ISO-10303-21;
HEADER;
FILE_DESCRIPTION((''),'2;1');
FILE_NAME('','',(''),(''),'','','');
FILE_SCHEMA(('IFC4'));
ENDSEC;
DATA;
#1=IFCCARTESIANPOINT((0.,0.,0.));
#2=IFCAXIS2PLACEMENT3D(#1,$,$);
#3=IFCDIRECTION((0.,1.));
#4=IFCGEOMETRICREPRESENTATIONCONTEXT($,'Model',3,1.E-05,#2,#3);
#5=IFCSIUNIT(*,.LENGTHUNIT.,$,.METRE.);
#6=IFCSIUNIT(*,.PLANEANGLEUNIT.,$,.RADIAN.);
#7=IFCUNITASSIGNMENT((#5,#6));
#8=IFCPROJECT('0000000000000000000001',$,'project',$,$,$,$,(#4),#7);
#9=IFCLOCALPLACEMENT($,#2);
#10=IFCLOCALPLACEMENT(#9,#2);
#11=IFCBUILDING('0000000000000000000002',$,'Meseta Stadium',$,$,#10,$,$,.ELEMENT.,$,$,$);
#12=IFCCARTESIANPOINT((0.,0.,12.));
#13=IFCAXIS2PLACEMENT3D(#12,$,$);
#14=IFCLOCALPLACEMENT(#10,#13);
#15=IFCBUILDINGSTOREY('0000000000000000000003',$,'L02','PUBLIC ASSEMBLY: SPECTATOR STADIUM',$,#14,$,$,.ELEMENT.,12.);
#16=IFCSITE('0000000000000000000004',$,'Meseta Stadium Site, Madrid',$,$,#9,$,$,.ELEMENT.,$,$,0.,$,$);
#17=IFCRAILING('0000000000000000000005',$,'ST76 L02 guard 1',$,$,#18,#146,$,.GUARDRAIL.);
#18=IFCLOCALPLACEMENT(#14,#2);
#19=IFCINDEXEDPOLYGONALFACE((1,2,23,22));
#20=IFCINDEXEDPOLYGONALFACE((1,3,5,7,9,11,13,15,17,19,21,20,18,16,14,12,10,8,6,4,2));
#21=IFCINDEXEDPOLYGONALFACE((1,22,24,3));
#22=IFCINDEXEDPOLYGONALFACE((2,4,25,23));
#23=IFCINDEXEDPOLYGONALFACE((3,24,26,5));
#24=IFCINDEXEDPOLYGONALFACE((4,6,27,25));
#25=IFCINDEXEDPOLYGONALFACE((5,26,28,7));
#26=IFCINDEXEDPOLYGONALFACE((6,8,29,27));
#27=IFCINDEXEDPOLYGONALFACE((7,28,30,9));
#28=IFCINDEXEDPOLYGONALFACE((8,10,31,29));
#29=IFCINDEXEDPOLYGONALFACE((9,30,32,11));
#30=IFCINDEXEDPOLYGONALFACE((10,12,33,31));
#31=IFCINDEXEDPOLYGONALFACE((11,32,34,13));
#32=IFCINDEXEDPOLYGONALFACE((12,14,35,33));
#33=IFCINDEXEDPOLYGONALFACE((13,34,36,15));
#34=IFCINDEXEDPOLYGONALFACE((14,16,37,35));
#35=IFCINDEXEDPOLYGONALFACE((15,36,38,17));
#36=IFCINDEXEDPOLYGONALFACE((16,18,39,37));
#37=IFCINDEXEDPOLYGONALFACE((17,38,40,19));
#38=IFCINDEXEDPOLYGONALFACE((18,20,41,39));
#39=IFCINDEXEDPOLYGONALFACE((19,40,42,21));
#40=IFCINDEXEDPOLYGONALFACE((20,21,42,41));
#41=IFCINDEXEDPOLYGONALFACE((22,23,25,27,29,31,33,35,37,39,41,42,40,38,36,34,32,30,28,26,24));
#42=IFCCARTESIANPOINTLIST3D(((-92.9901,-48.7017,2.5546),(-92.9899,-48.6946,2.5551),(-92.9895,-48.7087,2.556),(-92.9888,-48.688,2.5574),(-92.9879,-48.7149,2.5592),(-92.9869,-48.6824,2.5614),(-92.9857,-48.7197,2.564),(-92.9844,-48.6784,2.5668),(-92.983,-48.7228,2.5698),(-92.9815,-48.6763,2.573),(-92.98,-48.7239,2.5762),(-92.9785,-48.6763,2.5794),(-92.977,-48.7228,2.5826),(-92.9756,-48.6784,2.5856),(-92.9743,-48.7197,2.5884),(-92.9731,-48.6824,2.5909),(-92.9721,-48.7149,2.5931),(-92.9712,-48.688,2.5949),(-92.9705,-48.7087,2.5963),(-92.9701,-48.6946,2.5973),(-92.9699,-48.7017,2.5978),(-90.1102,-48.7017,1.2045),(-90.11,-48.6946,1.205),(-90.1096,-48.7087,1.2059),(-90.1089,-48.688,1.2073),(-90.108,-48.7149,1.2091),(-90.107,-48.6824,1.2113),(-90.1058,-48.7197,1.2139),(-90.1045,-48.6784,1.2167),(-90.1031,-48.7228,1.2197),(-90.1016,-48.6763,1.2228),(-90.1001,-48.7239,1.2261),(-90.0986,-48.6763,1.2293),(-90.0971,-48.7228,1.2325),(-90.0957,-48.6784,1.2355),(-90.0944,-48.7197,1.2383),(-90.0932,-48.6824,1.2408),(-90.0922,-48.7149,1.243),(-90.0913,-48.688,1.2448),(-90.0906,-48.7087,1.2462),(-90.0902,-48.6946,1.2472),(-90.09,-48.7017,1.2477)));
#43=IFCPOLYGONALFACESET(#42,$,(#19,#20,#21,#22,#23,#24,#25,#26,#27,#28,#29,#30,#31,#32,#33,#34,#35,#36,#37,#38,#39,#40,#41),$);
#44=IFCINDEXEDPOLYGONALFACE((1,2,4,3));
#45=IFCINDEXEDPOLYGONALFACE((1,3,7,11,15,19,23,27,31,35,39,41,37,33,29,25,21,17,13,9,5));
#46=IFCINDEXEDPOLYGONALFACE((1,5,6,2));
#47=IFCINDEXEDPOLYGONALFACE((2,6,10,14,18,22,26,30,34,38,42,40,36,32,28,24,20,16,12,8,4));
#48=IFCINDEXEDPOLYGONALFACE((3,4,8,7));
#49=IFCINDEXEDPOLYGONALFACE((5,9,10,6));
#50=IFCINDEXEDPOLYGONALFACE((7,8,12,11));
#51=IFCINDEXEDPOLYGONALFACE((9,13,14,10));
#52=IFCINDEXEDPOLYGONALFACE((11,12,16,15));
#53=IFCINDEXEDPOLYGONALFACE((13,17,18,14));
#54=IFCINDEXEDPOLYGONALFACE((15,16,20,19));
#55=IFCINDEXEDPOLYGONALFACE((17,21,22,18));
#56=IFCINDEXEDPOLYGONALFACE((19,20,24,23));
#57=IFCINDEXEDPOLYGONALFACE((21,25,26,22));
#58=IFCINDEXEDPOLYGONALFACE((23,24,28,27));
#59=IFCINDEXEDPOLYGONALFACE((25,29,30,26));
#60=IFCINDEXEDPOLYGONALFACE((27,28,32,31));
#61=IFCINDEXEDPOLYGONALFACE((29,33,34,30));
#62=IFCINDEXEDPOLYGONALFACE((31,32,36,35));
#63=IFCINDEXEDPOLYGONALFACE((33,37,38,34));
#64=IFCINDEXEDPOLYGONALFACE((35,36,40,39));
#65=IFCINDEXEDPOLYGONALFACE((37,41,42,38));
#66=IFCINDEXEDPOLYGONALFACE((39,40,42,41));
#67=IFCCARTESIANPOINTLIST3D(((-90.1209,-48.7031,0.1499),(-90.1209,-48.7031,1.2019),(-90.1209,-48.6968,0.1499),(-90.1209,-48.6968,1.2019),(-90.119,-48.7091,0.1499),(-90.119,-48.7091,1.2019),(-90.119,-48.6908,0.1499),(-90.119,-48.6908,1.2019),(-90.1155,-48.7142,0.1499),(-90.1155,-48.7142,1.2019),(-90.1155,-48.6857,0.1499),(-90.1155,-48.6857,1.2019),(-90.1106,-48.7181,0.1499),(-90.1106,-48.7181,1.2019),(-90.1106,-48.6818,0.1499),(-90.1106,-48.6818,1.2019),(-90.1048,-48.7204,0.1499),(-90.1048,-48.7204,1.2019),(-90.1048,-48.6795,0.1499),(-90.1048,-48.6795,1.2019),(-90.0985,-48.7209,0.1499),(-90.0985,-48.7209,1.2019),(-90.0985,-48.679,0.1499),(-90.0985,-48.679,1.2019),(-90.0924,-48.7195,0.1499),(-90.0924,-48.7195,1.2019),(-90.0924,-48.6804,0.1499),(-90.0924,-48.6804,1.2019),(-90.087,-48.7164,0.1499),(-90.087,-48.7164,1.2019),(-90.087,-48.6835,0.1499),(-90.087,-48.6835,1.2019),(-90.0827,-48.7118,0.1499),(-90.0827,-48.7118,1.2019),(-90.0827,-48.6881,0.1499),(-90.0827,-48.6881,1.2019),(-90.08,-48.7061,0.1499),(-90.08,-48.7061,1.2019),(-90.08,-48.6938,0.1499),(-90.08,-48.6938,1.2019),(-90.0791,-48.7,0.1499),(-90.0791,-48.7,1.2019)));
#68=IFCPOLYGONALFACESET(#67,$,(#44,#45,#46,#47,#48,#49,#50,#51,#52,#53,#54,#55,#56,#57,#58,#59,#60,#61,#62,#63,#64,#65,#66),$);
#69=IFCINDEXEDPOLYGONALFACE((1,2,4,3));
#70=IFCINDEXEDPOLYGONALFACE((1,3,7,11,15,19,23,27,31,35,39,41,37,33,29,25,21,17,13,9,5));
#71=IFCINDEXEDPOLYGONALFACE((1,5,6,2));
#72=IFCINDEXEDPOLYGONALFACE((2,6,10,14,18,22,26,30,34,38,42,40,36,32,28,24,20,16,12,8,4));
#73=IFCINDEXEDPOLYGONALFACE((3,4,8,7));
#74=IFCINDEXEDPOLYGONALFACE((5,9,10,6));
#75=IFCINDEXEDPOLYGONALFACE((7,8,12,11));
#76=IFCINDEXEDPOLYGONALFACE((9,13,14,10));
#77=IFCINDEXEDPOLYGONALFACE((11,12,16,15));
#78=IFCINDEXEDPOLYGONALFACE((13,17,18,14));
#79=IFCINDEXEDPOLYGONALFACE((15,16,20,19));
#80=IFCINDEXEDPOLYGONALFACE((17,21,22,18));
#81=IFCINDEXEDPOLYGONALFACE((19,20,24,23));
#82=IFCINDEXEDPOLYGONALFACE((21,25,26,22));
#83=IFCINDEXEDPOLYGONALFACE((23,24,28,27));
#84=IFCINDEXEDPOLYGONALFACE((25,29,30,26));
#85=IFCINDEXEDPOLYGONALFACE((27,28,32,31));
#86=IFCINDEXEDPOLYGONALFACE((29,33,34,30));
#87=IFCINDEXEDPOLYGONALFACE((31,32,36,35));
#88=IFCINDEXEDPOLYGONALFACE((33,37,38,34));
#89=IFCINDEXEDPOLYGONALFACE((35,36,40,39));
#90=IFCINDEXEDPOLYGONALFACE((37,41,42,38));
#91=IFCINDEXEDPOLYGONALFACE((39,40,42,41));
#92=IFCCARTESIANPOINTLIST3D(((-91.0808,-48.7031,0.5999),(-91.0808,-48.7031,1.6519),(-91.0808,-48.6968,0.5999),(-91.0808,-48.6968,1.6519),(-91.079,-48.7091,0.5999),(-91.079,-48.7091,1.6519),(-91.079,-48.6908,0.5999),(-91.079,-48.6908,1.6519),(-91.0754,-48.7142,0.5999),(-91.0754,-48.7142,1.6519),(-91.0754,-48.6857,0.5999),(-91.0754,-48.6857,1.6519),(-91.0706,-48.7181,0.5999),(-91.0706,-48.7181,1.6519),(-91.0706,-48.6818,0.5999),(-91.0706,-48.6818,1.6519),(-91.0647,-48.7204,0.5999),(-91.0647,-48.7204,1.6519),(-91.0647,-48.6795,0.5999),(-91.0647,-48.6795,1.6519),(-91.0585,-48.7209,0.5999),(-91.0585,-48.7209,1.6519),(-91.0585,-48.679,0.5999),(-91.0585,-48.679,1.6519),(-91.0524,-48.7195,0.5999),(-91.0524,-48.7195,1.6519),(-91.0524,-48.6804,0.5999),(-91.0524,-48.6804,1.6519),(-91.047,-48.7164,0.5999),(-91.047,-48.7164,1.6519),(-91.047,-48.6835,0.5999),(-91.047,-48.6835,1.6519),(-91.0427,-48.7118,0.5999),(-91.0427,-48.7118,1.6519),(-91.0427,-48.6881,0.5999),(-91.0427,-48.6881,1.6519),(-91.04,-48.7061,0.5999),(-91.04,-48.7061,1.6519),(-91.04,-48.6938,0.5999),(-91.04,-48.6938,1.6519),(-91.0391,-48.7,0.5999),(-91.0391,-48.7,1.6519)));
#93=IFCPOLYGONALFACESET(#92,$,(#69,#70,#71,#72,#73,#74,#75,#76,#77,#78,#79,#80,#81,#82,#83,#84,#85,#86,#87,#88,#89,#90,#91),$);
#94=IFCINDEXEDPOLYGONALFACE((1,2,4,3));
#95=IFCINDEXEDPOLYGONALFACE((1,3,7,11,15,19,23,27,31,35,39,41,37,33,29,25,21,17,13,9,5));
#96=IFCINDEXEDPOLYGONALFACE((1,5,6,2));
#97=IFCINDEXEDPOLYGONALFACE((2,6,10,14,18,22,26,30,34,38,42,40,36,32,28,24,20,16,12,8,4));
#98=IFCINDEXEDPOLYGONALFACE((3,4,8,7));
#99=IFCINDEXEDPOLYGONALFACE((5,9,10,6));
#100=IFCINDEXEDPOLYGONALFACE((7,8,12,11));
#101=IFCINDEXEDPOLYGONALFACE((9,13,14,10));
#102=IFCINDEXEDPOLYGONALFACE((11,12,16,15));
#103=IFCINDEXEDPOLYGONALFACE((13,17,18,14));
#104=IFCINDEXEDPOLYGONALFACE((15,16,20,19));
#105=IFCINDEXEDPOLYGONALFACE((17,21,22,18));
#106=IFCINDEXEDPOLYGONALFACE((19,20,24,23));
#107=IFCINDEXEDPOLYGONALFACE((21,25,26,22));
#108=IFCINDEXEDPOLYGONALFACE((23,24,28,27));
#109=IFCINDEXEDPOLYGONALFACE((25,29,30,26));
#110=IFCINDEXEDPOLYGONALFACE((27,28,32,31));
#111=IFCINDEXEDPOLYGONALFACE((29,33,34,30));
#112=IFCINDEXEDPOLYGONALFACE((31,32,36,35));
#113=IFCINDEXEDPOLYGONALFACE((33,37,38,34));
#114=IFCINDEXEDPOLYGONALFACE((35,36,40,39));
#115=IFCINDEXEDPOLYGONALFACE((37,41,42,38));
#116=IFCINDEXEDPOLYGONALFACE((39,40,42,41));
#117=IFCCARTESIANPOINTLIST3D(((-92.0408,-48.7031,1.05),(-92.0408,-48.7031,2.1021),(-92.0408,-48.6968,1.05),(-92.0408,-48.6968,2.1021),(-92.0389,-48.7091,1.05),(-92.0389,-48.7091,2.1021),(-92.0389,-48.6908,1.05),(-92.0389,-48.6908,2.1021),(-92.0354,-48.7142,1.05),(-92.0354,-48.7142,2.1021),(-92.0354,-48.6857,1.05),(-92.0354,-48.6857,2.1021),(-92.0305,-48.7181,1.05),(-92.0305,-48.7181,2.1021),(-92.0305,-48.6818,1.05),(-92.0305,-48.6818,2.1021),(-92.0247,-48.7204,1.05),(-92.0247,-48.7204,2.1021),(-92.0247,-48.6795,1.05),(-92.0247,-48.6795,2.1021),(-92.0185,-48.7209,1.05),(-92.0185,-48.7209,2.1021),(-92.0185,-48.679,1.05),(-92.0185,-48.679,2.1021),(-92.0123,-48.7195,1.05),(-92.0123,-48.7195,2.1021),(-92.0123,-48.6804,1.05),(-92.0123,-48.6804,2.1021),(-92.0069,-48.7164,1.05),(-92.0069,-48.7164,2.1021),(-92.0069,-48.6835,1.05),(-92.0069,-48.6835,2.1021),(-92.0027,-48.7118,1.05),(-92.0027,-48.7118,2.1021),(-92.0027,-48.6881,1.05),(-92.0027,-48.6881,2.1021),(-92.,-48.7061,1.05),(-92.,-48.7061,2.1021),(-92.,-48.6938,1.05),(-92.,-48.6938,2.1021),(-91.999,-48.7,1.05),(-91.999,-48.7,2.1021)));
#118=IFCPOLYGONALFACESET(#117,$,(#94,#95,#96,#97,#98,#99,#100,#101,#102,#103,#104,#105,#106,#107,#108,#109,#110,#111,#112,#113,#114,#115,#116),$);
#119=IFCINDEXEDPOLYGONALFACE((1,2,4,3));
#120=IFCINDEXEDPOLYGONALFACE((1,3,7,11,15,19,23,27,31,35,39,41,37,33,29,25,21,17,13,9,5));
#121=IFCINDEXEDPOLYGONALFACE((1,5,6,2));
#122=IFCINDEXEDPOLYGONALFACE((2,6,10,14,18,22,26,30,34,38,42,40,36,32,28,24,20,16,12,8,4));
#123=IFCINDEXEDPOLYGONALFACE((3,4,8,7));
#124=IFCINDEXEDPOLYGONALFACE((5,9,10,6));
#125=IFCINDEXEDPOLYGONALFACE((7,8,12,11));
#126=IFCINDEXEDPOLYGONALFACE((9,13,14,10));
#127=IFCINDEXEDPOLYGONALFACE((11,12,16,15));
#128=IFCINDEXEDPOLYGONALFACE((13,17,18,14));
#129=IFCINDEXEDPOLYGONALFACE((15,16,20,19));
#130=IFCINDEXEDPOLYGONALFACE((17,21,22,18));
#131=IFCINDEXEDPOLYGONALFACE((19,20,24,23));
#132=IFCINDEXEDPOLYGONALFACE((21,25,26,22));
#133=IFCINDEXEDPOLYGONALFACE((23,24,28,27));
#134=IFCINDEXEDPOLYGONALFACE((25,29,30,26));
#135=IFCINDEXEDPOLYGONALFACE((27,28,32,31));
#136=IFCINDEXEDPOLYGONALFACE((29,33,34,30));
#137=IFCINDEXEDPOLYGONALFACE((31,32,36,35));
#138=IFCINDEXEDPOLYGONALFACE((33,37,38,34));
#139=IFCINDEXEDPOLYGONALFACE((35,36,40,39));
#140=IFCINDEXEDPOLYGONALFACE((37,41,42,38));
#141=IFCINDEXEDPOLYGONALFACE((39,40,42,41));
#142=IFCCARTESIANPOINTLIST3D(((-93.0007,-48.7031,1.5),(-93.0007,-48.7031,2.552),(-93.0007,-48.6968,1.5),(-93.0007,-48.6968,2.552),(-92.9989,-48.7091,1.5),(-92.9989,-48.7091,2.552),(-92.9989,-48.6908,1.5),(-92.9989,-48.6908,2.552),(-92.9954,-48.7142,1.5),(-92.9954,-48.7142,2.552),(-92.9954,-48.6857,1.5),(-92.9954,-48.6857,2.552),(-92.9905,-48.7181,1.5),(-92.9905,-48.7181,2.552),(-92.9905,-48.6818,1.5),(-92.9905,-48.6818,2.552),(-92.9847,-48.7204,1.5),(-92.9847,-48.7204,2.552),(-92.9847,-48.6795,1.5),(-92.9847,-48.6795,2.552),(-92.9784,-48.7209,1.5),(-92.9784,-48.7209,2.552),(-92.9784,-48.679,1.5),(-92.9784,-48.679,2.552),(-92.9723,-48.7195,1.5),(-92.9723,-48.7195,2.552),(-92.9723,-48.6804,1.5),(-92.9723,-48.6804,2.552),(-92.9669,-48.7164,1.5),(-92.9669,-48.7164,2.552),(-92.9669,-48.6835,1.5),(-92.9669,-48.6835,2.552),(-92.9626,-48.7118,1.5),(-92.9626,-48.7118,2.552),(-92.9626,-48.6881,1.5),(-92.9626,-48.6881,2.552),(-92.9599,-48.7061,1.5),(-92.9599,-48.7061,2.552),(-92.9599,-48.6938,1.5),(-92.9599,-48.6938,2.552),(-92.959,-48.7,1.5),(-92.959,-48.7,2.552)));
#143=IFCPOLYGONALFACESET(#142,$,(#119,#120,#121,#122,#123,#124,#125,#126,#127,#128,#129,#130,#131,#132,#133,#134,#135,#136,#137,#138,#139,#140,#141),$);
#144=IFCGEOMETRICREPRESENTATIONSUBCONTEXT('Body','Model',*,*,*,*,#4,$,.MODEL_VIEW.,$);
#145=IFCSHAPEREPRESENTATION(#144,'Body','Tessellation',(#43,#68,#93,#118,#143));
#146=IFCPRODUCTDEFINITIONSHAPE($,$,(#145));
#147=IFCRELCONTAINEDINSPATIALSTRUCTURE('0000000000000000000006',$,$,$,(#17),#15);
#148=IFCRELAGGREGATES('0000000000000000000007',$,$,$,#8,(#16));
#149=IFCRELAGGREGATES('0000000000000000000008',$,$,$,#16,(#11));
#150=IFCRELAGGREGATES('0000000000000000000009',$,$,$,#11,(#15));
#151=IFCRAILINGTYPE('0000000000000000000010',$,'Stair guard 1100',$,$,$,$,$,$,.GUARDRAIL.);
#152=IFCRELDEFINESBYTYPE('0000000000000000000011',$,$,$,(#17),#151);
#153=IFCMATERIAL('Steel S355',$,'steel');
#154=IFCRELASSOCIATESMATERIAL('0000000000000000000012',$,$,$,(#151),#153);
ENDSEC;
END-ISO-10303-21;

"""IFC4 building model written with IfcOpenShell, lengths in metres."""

from ifc_helpers import new_model, si_unit, direction, frame, origin, origin_2d, place, context, subcontext, project, spatial, circle, extrude, material, type_object, element, save


model = new_model("IFC4")

# Units and contexts
model_context = context("Model", 3, precision=1e-05, world=origin(), true_north=direction((0.0, 1.0)))
body_context = subcontext(model_context, "Body", "Model", "MODEL_VIEW")
ifc_project = project(units=[si_unit("LENGTHUNIT", "METRE"), si_unit("PLANEANGLEUNIT", "RADIAN")], contexts=[model_context])

# Site, building, storey
site_placement = place(None, origin())
site = spatial("IfcSite", under=ifc_project, at=site_placement, Name="Meseta Stadium Site, Madrid", CompositionType="ELEMENT", RefElevation=0.0)
building_placement = place(site_placement, origin())
building = spatial("IfcBuilding", under=site, at=building_placement, Name="Meseta Stadium", CompositionType="ELEMENT")
storey_placement = place(building_placement, frame((0.0, 0.0, 12.0)))
storey = spatial("IfcBuildingStorey", under=building, at=storey_placement, Name="L02", Description="PUBLIC ASSEMBLY: SPECTATOR STADIUM", CompositionType="ELEMENT", Elevation=12.0)

# Railing
ifc_material_1 = material(Name="Steel S355", Category="steel")
railing_type_1 = type_object("IfcRailingType", Name="Stair guard 1100", PredefinedType="GUARDRAIL", material=ifc_material_1)
railing_1_placement = place(storey_placement, frame((-90.1001, -48.7, 0.1499)))
element("IfcRailing", 1, at=railing_1_placement, inside=storey, type_object=railing_type_1, Name="ST76 L02 guard 1", PredefinedType="GUARDRAIL", context=body_context, shape_type="SweptSolid", body=[
    extrude(circle(Radius=0.0239, at=origin_2d()), frame((0.0, 0.0, 1.0762), z_axis=(-0.90544, 0.0, 0.424473), x_axis=(0.0, -1.0, 0.0)), (0.0, 0.0, 1.0), 3.1807),
    extrude(circle(Radius=0.021, at=origin_2d()), origin(), (0.0, 0.0, 1.0), 1.052),
    extrude(circle(Radius=0.021, at=origin_2d()), frame((-0.96, 0.0, 0.45)), (0.0, 0.0, 1.0), 1.052),
    extrude(circle(Radius=0.021, at=origin_2d()), frame((-1.9199, 0.0, 0.9001)), (0.0, 0.0, 1.0), 1.052),
    extrude(circle(Radius=0.021, at=origin_2d()), frame((-2.8799, 0.0, 1.3501)), (0.0, 0.0, 1.0), 1.052),
])

save(model, "model.ifc")
